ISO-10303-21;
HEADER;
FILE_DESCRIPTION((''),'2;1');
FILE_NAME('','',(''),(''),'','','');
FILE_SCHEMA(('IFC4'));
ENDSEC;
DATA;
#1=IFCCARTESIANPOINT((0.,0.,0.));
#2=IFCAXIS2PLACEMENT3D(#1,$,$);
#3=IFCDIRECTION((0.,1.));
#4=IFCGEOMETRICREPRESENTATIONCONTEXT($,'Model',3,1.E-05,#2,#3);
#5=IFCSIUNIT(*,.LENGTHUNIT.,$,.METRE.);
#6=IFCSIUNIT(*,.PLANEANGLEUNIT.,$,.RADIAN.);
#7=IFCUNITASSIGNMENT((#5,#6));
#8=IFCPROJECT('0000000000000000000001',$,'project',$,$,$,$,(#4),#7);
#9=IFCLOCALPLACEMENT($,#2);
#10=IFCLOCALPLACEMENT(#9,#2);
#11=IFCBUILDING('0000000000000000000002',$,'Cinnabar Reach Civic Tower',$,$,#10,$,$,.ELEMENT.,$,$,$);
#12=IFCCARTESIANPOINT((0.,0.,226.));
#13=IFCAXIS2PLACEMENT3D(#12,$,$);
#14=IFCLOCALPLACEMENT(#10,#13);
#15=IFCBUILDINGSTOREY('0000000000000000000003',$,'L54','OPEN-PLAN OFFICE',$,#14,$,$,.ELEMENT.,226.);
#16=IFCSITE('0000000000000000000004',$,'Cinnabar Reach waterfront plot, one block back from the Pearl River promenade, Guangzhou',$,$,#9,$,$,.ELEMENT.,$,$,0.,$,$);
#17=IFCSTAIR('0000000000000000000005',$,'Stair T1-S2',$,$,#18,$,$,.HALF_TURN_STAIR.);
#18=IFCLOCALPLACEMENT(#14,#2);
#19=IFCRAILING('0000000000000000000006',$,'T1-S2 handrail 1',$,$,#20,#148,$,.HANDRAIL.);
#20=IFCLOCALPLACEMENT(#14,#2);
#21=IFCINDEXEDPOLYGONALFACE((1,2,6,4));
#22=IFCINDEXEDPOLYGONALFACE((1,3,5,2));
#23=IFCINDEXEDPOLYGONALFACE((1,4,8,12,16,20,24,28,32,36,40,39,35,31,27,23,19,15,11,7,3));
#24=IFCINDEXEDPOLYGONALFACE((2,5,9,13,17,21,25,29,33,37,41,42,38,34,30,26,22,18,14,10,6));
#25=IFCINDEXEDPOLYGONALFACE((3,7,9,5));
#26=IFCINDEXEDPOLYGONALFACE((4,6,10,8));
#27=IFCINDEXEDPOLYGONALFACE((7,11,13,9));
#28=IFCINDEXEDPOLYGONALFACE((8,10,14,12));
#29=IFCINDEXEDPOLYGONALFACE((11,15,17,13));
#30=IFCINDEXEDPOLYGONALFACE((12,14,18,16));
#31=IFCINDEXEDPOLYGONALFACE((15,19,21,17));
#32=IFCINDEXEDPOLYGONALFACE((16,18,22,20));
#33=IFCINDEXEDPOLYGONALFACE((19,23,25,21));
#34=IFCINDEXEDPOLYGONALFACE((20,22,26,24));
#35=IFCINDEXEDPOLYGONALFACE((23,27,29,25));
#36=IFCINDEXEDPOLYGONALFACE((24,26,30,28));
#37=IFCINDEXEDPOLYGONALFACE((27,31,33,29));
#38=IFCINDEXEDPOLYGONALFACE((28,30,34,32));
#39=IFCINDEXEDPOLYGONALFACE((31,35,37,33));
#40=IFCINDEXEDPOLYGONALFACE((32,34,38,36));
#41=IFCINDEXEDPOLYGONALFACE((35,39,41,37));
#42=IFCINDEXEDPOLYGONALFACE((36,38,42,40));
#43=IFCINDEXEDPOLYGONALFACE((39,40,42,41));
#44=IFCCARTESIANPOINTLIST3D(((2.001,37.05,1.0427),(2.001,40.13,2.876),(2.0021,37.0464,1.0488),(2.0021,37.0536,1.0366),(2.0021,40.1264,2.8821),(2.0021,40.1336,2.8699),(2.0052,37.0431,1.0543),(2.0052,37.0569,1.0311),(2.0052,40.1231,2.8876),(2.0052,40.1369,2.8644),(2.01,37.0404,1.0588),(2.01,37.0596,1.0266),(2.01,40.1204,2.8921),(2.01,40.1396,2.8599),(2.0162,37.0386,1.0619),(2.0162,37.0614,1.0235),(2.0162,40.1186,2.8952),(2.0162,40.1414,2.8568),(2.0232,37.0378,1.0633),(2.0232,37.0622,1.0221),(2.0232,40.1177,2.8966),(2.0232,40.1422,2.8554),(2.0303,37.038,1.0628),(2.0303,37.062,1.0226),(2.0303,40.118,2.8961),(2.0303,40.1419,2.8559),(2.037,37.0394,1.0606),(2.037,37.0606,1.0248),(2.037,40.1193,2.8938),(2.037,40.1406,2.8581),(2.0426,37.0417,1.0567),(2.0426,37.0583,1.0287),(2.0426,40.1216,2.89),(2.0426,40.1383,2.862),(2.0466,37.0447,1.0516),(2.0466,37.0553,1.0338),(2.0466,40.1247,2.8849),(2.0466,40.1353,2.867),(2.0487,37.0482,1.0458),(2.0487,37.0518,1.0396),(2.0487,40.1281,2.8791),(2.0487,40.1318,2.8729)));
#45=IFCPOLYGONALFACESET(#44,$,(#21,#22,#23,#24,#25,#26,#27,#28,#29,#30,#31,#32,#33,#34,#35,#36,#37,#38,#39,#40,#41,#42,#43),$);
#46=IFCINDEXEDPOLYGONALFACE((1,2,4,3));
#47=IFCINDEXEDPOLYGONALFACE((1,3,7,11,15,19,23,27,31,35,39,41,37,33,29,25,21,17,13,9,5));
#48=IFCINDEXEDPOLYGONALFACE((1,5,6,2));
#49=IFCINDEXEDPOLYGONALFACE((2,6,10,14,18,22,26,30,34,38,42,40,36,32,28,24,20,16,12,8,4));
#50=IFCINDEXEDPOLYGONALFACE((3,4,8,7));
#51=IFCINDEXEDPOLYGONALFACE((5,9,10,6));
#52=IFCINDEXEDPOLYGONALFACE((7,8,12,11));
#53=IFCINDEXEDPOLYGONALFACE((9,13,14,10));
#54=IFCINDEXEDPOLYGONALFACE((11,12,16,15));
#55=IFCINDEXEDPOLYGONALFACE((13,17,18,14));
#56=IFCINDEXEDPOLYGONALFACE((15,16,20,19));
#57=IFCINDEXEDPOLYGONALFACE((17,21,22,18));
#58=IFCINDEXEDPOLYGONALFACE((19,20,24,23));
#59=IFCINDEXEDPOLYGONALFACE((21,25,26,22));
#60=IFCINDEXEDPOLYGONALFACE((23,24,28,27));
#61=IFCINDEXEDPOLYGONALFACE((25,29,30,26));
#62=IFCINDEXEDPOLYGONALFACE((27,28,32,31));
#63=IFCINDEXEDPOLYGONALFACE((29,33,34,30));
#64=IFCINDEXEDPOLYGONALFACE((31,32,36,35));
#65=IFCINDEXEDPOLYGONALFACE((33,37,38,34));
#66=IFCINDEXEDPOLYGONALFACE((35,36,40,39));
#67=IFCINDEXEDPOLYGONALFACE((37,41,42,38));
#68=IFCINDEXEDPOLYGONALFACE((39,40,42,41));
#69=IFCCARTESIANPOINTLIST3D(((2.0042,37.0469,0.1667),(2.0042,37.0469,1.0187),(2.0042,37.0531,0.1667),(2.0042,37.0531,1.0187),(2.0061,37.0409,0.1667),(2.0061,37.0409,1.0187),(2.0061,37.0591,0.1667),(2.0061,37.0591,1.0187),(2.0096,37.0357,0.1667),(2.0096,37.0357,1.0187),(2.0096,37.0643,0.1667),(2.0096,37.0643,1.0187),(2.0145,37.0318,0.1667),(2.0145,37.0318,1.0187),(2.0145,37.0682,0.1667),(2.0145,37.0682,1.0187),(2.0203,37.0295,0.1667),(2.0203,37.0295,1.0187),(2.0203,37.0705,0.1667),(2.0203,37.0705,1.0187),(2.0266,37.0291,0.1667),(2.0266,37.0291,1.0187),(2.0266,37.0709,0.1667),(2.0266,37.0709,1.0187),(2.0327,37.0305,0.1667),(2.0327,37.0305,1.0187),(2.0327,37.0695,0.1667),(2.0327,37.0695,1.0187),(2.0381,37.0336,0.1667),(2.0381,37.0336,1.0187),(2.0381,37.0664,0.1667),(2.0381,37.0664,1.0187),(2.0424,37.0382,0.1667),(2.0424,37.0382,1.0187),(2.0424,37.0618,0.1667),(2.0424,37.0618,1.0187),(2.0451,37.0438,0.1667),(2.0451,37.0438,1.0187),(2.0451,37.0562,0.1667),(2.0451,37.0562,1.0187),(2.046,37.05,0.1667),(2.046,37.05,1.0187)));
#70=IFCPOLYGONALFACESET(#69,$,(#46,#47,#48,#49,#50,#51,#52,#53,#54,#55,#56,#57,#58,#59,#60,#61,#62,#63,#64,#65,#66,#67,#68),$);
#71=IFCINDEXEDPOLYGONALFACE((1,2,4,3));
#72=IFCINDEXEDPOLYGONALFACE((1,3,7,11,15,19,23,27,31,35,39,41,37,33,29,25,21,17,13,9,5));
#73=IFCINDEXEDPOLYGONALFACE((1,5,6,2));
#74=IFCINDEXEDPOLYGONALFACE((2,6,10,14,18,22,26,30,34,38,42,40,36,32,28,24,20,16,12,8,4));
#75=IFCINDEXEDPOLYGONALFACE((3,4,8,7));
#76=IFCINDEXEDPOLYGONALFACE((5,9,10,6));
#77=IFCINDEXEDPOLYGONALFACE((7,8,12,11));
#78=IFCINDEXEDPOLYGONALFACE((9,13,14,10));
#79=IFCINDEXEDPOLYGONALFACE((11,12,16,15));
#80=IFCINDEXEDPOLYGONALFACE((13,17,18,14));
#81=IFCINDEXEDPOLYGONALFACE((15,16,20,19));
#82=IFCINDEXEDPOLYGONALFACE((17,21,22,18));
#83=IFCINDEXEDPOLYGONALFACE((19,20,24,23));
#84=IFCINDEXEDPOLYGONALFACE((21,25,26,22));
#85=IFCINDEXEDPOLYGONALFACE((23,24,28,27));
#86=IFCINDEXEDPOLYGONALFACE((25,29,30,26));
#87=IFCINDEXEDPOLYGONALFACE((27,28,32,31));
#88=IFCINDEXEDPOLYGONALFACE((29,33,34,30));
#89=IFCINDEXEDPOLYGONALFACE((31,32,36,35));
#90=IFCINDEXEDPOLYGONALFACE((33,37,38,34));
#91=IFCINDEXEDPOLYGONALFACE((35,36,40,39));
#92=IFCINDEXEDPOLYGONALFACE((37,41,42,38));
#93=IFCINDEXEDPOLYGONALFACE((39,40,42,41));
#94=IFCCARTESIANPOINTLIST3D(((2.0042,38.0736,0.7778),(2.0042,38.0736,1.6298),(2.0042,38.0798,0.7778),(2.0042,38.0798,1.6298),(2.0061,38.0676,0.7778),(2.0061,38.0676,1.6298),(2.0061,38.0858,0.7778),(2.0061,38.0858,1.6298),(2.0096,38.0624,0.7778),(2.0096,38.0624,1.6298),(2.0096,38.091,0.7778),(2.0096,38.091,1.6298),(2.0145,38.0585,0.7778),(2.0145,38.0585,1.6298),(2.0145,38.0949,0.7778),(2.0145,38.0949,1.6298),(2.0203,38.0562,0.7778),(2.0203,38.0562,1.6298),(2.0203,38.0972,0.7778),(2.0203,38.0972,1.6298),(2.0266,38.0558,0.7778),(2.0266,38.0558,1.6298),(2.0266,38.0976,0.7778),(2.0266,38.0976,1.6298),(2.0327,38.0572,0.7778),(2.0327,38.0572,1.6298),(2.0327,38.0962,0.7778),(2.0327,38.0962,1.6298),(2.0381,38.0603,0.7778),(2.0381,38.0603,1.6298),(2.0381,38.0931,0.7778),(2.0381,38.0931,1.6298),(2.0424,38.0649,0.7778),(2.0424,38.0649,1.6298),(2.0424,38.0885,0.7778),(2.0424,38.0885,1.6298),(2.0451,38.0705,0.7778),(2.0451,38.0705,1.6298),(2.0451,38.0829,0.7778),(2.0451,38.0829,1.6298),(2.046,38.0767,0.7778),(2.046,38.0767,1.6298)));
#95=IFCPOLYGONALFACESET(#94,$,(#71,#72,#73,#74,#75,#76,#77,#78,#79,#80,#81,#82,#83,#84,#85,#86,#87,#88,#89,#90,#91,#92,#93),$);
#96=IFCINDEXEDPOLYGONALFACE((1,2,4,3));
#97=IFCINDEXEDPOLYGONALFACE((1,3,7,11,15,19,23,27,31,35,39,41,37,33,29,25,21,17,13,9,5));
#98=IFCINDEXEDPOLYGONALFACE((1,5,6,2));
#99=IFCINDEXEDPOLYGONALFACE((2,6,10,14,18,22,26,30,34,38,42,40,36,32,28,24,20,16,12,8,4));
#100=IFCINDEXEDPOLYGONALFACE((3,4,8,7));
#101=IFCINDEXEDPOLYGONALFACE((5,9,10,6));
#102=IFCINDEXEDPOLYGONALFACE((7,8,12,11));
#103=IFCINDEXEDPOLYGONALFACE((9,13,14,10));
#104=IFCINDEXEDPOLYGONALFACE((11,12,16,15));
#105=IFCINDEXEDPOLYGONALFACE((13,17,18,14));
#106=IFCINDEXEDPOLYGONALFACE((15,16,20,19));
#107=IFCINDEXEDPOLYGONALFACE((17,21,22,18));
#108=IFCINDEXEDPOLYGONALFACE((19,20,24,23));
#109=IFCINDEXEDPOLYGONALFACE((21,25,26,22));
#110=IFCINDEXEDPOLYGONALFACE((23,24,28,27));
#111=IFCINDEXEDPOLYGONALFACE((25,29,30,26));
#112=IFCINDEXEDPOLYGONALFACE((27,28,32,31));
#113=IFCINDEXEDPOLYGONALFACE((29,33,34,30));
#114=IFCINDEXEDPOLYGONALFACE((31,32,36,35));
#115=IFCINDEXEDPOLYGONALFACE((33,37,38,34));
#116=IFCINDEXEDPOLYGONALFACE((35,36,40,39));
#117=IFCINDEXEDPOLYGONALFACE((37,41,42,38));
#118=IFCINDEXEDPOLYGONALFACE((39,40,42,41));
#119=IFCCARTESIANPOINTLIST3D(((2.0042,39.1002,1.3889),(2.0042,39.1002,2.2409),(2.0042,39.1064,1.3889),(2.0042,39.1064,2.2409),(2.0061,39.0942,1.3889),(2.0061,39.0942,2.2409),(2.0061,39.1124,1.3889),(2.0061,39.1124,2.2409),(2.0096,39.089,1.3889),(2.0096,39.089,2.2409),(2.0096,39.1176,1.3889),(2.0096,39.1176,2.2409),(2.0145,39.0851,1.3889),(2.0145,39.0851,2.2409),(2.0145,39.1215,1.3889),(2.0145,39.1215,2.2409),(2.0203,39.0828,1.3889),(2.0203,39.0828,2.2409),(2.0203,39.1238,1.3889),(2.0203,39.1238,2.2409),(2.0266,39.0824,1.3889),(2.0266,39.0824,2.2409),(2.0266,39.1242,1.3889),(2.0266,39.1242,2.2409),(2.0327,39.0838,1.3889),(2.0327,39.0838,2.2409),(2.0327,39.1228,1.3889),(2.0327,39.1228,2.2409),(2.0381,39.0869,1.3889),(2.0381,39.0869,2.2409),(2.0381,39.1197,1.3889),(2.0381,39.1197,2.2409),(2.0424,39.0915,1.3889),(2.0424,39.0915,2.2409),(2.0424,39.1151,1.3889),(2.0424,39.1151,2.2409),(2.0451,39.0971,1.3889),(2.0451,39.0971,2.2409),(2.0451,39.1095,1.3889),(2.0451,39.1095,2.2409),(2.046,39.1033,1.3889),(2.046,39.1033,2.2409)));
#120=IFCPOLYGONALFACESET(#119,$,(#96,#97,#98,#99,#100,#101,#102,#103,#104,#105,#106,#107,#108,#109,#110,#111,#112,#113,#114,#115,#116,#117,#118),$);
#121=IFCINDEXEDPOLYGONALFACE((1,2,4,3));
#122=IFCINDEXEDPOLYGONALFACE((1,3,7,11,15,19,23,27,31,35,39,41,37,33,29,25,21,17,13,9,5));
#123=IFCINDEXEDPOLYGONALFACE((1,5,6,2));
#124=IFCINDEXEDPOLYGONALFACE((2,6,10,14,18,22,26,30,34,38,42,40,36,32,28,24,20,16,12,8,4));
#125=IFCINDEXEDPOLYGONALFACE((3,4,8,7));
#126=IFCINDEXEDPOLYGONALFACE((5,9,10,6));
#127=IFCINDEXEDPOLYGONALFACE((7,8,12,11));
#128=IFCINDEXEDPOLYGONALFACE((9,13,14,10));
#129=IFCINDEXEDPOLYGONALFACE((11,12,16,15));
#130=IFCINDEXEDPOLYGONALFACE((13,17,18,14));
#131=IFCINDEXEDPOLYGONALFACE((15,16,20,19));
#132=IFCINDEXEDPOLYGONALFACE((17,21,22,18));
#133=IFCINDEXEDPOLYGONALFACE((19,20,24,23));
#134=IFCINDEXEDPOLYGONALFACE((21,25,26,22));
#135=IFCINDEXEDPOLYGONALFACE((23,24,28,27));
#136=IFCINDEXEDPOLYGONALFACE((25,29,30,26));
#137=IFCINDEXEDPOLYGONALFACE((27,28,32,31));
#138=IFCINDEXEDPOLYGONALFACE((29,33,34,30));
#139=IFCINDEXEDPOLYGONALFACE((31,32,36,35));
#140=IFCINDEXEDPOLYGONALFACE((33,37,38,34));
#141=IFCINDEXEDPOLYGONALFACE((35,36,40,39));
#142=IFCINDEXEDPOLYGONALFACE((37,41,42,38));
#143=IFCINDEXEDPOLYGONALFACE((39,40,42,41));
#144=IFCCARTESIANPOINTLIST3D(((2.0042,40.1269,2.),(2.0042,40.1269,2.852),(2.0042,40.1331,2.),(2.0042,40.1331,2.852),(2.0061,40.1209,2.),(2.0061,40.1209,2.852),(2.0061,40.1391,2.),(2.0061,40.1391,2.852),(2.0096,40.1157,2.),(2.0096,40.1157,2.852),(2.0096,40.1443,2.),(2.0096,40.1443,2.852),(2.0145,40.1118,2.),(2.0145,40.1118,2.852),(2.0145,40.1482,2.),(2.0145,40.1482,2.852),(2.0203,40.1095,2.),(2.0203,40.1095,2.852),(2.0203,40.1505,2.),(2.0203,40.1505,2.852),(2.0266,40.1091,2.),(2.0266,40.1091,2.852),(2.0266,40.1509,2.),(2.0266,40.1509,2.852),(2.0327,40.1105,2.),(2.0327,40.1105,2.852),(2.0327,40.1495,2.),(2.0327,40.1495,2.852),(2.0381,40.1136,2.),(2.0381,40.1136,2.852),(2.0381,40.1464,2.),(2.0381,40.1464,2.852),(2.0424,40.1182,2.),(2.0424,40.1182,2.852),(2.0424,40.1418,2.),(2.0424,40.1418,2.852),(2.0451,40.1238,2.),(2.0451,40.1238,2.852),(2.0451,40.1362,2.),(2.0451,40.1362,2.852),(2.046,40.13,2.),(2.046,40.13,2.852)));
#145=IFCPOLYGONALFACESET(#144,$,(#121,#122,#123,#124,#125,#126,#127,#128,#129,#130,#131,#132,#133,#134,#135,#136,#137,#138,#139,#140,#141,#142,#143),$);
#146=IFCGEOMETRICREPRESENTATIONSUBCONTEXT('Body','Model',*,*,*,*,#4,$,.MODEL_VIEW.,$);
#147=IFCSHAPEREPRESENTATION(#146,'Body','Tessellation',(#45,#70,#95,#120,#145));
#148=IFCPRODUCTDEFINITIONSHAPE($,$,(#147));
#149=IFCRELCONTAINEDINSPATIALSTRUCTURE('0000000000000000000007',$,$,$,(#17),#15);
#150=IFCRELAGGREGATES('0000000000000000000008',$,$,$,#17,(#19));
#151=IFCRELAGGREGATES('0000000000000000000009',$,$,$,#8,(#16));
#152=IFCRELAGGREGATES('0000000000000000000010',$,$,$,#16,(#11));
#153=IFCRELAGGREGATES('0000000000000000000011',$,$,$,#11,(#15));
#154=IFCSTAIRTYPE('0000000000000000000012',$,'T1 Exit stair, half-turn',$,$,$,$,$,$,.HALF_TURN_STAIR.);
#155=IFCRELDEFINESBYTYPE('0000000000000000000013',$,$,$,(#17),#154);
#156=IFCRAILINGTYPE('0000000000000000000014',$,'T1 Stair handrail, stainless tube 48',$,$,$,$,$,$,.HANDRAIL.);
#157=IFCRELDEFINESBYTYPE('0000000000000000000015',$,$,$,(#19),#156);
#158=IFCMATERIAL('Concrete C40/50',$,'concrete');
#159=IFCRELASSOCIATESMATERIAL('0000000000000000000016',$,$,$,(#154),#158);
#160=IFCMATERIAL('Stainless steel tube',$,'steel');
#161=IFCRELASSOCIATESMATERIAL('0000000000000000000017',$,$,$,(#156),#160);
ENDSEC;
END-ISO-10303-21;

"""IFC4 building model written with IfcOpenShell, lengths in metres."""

from ifc_helpers import new_model, si_unit, direction, frame, origin, origin_2d, place, context, subcontext, project, spatial, circle, extrude, material, type_object, element, aggregate, save


model = new_model("IFC4")

# Units and contexts
model_context = context("Model", 3, precision=1e-05, world=origin(), true_north=direction((0.0, 1.0)))
body_context = subcontext(model_context, "Body", "Model", "MODEL_VIEW")
ifc_project = project(units=[si_unit("LENGTHUNIT", "METRE"), si_unit("PLANEANGLEUNIT", "RADIAN")], contexts=[model_context])

# Site, building, storey
site_placement = place(None, origin())
site = spatial("IfcSite", under=ifc_project, at=site_placement, Name="Cinnabar Reach waterfront plot, one block back from the Pearl River promenade, Guangzhou", CompositionType="ELEMENT", RefElevation=0.0)
building_placement = place(site_placement, origin())
building = spatial("IfcBuilding", under=site, at=building_placement, Name="Cinnabar Reach Civic Tower", CompositionType="ELEMENT")
storey_placement = place(building_placement, frame((0.0, 0.0, 226.0)))
storey = spatial("IfcBuildingStorey", under=building, at=storey_placement, Name="L54", Description="OPEN-PLAN OFFICE", CompositionType="ELEMENT", Elevation=226.0)

# Shared definitions
ifc_material_1 = material(Name="Concrete C40/50", Category="concrete")

# Stair, railing
stair_type = type_object("IfcStairType", Name="T1 Exit stair, half-turn", PredefinedType="HALF_TURN_STAIR", material=ifc_material_1)
stair_placement = place(storey_placement, origin())
stair = element("IfcStair", 1, at=stair_placement, inside=storey, type_object=stair_type, Name="Stair T1-S2", PredefinedType="HALF_TURN_STAIR")
ifc_material_2 = material(Name="Stainless steel tube", Category="steel")
railing_type = type_object("IfcRailingType", Name="T1 Stair handrail, stainless tube 48", PredefinedType="HANDRAIL", material=ifc_material_2)
railing_1_placement = place(storey_placement, frame((2.025, 37.05, 0.1667)))
railing_1 = element("IfcRailing", 2, at=railing_1_placement, type_object=railing_type, Name="T1-S2 handrail 1", PredefinedType="HANDRAIL", context=body_context, shape_type="SweptSolid", body=[
    extrude(circle(Radius=0.024, at=origin_2d()), frame((0.0, 0.0, 0.876), z_axis=(0.0, 0.859297, 0.511477), x_axis=(-1.0, 0.0, 0.0)), (0.0, 0.0, 1.0), 3.5843),
    extrude(circle(Radius=0.021, at=origin_2d()), origin(), (0.0, 0.0, 1.0), 0.852),
    extrude(circle(Radius=0.021, at=origin_2d()), frame((0.0, 1.0267, 0.6111)), (0.0, 0.0, 1.0), 0.852),
    extrude(circle(Radius=0.021, at=origin_2d()), frame((0.0, 2.0533, 1.2222)), (0.0, 0.0, 1.0), 0.852),
    extrude(circle(Radius=0.021, at=origin_2d()), frame((0.0, 3.08, 1.8333)), (0.0, 0.0, 1.0), 0.852),
])
aggregate(stair, [railing_1])

save(model, "model.ifc")
